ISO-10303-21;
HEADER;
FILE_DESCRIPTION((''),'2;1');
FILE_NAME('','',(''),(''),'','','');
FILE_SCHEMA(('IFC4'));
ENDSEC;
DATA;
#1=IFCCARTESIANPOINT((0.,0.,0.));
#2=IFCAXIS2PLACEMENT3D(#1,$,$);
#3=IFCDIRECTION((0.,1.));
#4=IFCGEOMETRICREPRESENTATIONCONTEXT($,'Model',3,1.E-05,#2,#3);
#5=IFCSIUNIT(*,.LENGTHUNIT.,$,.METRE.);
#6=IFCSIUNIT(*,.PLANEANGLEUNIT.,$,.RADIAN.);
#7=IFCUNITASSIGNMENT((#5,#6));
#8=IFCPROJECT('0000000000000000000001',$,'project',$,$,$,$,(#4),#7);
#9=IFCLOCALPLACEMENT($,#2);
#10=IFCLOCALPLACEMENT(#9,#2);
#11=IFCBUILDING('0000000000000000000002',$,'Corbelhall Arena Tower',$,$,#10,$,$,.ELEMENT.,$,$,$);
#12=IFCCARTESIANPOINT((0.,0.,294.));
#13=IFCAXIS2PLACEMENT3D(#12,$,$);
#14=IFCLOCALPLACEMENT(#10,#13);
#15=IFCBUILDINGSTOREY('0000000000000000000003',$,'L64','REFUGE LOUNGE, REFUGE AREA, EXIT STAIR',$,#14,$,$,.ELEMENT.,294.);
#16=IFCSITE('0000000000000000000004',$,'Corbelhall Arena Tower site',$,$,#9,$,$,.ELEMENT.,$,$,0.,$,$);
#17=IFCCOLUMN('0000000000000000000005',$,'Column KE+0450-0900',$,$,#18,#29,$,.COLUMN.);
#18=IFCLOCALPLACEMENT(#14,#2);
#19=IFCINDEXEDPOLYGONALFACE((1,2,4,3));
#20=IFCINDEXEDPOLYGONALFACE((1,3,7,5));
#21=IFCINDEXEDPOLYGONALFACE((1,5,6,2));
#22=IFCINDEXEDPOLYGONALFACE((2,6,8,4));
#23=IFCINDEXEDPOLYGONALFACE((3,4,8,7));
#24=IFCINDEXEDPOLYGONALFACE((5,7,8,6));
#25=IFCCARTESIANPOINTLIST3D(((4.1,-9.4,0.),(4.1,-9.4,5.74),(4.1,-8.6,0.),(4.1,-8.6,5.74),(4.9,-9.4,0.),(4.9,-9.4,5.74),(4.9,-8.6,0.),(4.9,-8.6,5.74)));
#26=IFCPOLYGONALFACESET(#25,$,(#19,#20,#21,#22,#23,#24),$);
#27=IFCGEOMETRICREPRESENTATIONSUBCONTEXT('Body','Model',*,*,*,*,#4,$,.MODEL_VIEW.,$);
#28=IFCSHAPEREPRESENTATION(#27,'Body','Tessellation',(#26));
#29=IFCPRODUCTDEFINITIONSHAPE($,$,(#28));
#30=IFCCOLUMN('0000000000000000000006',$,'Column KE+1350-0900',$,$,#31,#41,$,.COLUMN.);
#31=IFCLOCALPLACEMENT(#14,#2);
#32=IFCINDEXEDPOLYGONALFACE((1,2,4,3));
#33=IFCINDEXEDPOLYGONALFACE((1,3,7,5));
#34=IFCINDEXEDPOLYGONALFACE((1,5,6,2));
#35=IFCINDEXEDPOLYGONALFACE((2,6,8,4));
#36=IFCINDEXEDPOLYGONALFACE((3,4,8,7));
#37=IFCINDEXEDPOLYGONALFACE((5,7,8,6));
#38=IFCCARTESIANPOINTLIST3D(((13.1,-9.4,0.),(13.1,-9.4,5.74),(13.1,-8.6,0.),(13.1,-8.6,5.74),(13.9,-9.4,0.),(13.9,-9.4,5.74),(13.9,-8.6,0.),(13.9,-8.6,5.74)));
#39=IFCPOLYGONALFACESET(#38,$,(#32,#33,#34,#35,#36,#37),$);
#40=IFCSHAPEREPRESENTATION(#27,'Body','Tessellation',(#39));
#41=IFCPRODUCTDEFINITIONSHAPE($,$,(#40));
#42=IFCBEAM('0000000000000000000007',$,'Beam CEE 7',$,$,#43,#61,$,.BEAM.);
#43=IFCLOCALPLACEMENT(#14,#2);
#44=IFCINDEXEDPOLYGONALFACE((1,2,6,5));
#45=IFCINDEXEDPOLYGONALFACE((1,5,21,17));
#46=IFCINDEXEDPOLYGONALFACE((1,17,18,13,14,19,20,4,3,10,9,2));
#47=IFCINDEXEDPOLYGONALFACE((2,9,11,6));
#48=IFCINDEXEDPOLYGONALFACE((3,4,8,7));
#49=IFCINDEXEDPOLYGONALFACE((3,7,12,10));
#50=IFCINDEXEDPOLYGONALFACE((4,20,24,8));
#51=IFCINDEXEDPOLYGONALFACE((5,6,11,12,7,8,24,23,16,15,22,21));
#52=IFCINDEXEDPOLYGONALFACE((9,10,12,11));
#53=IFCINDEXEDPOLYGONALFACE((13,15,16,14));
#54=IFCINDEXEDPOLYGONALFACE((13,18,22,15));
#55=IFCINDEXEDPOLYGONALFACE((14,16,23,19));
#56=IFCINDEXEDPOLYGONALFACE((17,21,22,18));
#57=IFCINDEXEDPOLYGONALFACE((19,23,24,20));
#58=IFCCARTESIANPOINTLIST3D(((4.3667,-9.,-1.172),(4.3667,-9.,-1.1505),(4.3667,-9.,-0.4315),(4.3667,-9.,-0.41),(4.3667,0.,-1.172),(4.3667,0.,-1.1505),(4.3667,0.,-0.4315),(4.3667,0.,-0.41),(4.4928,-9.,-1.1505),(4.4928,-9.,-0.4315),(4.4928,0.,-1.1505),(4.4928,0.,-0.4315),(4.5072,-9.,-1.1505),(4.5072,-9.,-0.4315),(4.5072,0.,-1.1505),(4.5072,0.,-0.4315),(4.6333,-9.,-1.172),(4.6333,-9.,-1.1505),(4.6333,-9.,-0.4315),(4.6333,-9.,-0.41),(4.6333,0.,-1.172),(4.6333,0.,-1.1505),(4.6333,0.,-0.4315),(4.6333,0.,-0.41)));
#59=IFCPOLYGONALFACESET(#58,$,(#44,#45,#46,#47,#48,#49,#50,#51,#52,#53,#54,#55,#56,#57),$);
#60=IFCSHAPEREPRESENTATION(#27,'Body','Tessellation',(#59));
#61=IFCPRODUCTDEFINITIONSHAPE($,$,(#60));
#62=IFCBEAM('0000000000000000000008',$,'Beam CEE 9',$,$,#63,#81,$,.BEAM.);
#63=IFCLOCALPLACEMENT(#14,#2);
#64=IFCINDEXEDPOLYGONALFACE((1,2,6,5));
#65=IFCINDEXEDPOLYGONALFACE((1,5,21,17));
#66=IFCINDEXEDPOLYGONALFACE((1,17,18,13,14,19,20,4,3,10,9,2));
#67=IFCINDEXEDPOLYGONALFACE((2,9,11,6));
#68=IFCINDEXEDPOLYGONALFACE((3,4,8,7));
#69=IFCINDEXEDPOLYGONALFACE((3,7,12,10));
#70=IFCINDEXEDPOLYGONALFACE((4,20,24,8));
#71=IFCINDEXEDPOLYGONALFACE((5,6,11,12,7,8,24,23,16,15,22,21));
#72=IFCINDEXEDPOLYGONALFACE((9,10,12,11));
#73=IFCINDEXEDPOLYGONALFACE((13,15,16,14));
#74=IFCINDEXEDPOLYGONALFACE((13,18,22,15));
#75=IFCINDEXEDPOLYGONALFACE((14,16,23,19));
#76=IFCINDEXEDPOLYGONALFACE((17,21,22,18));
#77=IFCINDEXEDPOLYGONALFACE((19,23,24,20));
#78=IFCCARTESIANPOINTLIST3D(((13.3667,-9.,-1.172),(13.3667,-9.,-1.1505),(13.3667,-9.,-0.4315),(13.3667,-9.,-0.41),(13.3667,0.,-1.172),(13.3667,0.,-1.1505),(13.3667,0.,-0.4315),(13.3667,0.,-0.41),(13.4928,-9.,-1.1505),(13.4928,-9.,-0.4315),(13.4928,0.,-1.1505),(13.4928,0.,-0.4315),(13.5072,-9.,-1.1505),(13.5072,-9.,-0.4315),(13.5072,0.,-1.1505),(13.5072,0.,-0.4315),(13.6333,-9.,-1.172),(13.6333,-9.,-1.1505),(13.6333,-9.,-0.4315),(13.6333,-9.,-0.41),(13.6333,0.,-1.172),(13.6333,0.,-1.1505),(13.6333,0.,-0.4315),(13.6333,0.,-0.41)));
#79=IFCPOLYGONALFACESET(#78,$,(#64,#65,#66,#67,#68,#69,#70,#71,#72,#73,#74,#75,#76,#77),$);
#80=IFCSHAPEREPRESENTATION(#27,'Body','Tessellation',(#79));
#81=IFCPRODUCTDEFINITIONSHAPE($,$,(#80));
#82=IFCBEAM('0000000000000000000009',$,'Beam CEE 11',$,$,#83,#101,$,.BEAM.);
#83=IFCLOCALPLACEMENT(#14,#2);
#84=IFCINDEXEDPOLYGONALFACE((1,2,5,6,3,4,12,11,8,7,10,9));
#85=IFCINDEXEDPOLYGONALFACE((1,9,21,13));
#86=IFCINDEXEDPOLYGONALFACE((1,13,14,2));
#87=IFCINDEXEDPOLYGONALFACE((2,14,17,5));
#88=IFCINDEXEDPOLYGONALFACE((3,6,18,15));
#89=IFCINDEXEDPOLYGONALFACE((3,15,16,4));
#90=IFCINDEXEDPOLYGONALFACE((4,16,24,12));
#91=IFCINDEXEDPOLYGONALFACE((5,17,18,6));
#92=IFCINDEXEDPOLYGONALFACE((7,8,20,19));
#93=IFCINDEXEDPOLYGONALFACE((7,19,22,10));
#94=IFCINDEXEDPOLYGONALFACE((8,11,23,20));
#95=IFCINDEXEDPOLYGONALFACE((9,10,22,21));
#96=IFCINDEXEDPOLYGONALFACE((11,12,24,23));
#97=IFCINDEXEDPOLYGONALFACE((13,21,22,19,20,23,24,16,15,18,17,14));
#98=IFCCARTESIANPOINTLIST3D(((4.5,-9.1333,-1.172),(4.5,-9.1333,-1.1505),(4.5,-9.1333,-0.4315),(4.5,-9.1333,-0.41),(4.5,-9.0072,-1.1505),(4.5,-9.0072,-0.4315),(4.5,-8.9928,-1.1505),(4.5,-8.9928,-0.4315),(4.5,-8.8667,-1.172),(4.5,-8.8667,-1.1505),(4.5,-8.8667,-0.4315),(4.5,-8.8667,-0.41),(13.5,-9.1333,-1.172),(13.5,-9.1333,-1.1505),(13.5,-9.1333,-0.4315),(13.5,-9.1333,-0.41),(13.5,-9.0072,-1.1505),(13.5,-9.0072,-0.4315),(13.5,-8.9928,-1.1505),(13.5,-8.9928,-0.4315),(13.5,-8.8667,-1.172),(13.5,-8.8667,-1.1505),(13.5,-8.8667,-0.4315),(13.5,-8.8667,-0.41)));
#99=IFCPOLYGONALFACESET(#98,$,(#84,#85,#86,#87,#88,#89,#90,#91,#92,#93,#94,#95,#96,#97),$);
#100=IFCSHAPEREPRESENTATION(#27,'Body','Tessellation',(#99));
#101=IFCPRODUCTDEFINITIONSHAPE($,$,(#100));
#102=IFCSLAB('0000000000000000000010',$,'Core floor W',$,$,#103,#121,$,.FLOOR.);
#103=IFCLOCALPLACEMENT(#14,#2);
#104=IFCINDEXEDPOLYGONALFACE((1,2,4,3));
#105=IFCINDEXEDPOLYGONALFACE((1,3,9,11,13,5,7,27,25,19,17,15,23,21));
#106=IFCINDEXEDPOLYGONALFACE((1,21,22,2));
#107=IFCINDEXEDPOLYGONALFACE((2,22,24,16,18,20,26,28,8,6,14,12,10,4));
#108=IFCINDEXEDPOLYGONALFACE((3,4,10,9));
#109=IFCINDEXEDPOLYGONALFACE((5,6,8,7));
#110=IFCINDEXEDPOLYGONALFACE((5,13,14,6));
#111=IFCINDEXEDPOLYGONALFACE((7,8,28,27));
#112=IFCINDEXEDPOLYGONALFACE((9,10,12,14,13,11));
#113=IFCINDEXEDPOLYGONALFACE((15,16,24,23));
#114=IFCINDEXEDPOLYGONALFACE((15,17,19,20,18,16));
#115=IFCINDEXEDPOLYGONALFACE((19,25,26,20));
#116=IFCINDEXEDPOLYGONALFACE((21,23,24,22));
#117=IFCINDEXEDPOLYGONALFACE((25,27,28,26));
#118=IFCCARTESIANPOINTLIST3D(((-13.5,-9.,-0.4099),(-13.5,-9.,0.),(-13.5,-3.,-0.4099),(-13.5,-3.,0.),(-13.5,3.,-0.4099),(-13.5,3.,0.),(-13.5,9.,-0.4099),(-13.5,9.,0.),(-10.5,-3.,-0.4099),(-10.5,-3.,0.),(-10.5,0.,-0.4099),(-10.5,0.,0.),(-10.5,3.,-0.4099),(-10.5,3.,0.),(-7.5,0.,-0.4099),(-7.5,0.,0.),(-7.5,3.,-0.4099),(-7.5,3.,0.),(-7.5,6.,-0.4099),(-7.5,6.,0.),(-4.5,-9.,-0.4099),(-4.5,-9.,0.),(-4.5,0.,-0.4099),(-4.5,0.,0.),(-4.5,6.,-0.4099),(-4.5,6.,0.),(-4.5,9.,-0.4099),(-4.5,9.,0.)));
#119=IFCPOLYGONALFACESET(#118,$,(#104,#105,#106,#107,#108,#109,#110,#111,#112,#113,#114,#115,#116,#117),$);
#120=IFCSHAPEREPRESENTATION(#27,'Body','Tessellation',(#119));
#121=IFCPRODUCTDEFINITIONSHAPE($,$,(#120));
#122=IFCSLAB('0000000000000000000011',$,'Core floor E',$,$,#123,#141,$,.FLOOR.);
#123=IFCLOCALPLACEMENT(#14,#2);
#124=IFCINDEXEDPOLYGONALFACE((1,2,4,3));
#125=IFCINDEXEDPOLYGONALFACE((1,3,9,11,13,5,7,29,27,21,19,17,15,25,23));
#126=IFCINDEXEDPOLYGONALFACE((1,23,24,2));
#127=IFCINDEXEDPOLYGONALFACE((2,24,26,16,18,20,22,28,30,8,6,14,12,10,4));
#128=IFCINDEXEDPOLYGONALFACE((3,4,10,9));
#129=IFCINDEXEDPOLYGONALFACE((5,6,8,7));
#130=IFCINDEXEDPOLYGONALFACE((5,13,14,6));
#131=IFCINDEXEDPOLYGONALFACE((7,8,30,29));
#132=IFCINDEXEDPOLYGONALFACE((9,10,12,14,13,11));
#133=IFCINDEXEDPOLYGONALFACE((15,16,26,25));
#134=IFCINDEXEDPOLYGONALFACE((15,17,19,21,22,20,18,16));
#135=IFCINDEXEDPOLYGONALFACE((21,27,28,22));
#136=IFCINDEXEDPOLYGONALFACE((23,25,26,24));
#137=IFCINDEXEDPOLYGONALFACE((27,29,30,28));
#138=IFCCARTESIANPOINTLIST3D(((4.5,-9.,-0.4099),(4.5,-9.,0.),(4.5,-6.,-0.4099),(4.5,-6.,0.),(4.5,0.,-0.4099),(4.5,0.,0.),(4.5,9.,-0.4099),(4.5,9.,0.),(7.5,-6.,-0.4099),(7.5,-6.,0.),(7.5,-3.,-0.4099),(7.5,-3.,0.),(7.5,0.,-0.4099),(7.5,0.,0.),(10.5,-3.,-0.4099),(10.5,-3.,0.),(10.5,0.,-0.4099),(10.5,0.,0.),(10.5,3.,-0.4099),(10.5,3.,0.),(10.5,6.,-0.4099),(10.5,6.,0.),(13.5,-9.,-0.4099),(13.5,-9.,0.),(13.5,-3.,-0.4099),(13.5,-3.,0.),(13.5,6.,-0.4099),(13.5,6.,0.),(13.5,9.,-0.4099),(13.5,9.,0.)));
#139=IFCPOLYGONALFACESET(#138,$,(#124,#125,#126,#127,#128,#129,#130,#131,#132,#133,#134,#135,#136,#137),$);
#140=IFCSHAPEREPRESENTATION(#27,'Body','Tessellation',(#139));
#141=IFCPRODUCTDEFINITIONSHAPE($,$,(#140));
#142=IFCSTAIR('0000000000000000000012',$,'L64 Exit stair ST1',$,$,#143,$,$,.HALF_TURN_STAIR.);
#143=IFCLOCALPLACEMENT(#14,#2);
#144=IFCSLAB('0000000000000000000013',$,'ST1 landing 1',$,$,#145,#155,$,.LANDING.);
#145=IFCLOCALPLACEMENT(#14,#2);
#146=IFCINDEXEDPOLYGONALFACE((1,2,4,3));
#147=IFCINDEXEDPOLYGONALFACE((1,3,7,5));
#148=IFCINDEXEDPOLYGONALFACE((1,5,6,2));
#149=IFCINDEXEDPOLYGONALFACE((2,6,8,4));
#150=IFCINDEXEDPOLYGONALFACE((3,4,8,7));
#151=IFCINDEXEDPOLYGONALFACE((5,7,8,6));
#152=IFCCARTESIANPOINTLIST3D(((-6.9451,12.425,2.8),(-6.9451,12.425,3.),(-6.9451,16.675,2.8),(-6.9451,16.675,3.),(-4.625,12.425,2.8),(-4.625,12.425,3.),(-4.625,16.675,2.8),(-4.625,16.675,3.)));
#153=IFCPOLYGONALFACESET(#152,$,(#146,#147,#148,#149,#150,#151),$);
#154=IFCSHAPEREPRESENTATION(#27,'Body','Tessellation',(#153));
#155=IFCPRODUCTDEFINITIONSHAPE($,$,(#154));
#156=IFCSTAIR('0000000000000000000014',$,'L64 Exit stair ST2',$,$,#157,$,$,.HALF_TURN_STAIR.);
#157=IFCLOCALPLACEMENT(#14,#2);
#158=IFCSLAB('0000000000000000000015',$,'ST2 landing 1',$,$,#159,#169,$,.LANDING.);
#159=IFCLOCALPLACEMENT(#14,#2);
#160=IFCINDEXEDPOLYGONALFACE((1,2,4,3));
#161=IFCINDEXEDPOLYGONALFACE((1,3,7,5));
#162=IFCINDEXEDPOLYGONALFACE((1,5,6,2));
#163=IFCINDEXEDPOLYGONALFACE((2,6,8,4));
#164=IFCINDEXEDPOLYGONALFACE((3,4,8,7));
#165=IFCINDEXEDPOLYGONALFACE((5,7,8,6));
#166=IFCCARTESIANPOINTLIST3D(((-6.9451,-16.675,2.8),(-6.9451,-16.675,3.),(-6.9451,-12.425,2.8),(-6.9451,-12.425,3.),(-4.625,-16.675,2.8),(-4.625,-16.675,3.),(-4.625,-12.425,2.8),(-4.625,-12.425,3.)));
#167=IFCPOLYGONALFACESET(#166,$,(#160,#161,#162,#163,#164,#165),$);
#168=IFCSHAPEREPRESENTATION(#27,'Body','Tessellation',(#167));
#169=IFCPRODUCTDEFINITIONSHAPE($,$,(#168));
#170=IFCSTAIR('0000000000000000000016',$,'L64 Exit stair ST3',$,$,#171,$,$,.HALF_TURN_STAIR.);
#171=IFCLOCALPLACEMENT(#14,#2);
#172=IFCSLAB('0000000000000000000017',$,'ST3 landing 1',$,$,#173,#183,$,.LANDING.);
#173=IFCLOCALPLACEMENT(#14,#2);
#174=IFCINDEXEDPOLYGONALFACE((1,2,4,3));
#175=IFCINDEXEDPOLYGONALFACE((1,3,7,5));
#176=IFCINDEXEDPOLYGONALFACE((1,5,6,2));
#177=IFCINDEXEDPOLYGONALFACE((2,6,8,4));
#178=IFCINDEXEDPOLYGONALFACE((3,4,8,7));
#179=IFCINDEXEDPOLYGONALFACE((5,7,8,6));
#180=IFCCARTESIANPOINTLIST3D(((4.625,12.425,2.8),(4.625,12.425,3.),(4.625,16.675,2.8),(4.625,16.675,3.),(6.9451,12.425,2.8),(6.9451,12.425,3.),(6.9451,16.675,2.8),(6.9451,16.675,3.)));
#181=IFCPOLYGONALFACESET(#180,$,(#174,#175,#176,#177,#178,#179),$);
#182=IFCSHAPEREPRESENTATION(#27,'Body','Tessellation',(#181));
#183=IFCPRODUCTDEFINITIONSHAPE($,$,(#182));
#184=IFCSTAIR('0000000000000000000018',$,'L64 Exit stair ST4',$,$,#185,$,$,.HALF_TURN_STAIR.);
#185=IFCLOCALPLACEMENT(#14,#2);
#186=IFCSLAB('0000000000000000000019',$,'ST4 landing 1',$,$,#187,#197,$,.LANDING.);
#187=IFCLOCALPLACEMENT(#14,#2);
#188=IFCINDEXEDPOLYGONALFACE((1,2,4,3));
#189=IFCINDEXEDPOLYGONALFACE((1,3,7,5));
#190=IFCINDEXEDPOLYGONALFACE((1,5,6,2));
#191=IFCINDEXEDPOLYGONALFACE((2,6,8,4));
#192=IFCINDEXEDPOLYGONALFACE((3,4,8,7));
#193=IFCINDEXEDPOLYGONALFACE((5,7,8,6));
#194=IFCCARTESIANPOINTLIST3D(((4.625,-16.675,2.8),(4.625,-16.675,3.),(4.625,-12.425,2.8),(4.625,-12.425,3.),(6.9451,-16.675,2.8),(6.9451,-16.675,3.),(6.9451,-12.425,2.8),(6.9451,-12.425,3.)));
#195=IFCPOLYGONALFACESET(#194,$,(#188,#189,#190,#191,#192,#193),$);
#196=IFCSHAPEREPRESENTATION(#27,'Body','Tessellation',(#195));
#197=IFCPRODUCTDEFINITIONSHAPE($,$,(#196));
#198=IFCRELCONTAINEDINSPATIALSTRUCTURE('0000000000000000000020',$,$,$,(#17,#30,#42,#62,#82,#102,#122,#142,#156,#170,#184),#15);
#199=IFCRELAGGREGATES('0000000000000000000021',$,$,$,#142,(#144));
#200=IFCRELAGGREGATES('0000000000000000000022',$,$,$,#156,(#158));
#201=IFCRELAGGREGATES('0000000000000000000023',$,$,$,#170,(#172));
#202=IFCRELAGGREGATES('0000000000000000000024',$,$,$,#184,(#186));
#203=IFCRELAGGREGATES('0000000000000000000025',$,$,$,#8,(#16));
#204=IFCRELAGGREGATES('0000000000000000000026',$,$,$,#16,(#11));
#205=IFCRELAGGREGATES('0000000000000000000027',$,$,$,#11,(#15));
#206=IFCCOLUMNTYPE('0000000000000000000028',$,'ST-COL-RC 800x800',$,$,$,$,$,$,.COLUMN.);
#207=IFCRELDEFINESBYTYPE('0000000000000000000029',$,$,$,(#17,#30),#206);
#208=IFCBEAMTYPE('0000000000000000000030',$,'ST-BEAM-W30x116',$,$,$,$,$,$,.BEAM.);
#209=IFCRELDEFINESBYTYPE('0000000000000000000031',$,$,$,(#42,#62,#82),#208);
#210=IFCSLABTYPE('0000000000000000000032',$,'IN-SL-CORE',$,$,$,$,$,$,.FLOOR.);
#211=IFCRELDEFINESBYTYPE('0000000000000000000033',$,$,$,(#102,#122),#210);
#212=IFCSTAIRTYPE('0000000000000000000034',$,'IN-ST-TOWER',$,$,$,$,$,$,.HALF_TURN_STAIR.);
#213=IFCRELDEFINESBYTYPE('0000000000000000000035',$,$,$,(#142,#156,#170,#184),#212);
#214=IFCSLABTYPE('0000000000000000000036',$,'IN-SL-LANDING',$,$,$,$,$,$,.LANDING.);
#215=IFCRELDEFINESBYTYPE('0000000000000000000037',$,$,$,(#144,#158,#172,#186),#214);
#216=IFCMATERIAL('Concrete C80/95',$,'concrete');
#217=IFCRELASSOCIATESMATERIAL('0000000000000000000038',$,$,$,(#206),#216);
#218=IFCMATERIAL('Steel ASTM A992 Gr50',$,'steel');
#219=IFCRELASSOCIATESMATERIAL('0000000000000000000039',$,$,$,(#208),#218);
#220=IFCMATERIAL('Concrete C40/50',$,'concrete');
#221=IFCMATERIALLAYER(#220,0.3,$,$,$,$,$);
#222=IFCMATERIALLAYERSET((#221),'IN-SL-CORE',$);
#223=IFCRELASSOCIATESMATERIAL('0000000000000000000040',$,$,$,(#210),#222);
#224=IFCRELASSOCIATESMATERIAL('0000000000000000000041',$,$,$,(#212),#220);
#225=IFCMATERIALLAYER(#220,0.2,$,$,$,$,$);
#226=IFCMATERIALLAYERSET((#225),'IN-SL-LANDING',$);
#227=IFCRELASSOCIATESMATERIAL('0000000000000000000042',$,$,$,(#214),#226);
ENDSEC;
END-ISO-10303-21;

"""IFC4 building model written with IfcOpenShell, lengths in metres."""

from ifc_helpers import new_model, si_unit, direction, frame, origin, origin_2d, place, context, subcontext, project, spatial, polyline, rectangle, i_section, outline, extrude, material, layer, layer_set, material_profile, profile_set, type_object, element, aggregate, save


model = new_model("IFC4")

# Units and contexts
model_context = context("Model", 3, precision=1e-05, world=origin(), true_north=direction((0.0, 1.0)))
body_context = subcontext(model_context, "Body", "Model", "MODEL_VIEW")
ifc_project = project(units=[si_unit("LENGTHUNIT", "METRE"), si_unit("PLANEANGLEUNIT", "RADIAN")], contexts=[model_context])

# Site, building, storey
site_placement = place(None, origin())
site = spatial("IfcSite", under=ifc_project, at=site_placement, Name="Corbelhall Arena Tower site", CompositionType="ELEMENT", RefElevation=0.0)
building_placement = place(site_placement, origin())
building = spatial("IfcBuilding", under=site, at=building_placement, Name="Corbelhall Arena Tower", CompositionType="ELEMENT")
storey_placement = place(building_placement, frame((0.0, 0.0, 294.0)))
storey = spatial("IfcBuildingStorey", under=building, at=storey_placement, Name="L64", Description="REFUGE LOUNGE, REFUGE AREA, EXIT STAIR", CompositionType="ELEMENT", Elevation=294.0)

# Columns
ifc_material_1 = material(Name="Concrete C80/95", Category="concrete")
ifc_material_profile_1 = material_profile(ifc_material_1, rectangle(XDim=0.8, YDim=0.8, at=origin_2d()))
ifc_profile_set_1 = profile_set([ifc_material_profile_1], Name="Concrete C80/95")
column_type = type_object("IfcColumnType", Name="ST-COL-RC 800x800", PredefinedType="COLUMN", material=ifc_profile_set_1)
for number, where, z_axis, x_axis, name in (
    (1, (4.5, -9.0, 0.0), (0.0, 0.0, 1.0), (1.0, 0.0, 0.0), "Column KE+0450-0900"),
    (2, (13.5, -9.0, 0.0), (0.0, 0.0, 1.0), (1.0, 0.0, 0.0), "Column KE+1350-0900"),
):
    element("IfcColumn", number, at=place(storey_placement, frame(where, z_axis=z_axis, x_axis=x_axis)), inside=storey, type_object=column_type, Name=name, PredefinedType="COLUMN", context=body_context, shape_type="SweptSolid", body=[
        extrude(rectangle(XDim=0.8, YDim=0.8, at=origin_2d()), origin(), (0.0, 0.0, 1.0), 5.74),
    ])

# Beams
ifc_material_2 = material(Name="Steel ASTM A992 Gr50", Category="steel")
ifc_material_profile_2 = material_profile(ifc_material_2, i_section(OverallWidth=0.2666, OverallDepth=0.762, WebThickness=0.0144, FlangeThickness=0.0215, at=origin_2d()))
ifc_profile_set_2 = profile_set([ifc_material_profile_2], Name="Steel ASTM A992 Gr50")
beam_type = type_object("IfcBeamType", Name="ST-BEAM-W30x116", PredefinedType="BEAM", material=ifc_profile_set_2)
for number, where, z_axis, x_axis, name in (
    (3, (4.5, -9.0, -0.791), (0.0, 1.0, 0.0), (-1.0, 0.0, 0.0), "Beam CEE 7"),
    (4, (13.5, -9.0, -0.791), (0.0, 1.0, 0.0), (-1.0, 0.0, 0.0), "Beam CEE 9"),
    (5, (4.5, -9.0, -0.791), (1.0, 0.0, 0.0), (0.0, 1.0, 0.0), "Beam CEE 11"),
):
    element("IfcBeam", number, at=place(storey_placement, frame(where, z_axis=z_axis, x_axis=x_axis)), inside=storey, type_object=beam_type, Name=name, PredefinedType="BEAM", context=body_context, shape_type="SweptSolid", body=[
        extrude(i_section(OverallWidth=0.2666, OverallDepth=0.762, WebThickness=0.0144, FlangeThickness=0.0215, at=origin_2d()), origin(), (0.0, 0.0, 1.0), 9.0),
    ])

# Slabs
ifc_material_3 = material(Name="Concrete C40/50", Category="concrete")
ifc_layer_1 = layer(ifc_material_3, 0.3)
ifc_layer_set_1 = layer_set([ifc_layer_1], Name="IN-SL-CORE")
slab_type_1 = type_object("IfcSlabType", Name="IN-SL-CORE", PredefinedType="FLOOR", material=ifc_layer_set_1)
slab_1_placement = place(storey_placement, frame((0.0, 0.0, -0.4099)))
element("IfcSlab", 6, at=slab_1_placement, inside=storey, type_object=slab_type_1, Name="Core floor W", PredefinedType="FLOOR", context=body_context, shape_type="SweptSolid", body=[
    extrude(outline(polyline([(-10.5, -3.0), (-13.5, -3.0), (-13.5, -9.0), (-4.5, -9.0), (-4.5, 0.0), (-7.5, 0.0), (-7.5, 3.0), (-7.5, 6.0), (-4.5, 6.0), (-4.5, 9.0), (-13.5, 9.0), (-13.5, 3.0), (-10.5, 3.0), (-10.5, 0.0), (-10.5, -3.0)])), origin(), (0.0, 0.0, 1.0), 0.4099),
])
slab_2_placement = place(storey_placement, frame((0.0, 0.0, -0.4099)))
element("IfcSlab", 7, at=slab_2_placement, inside=storey, type_object=slab_type_1, Name="Core floor E", PredefinedType="FLOOR", context=body_context, shape_type="SweptSolid", body=[
    extrude(outline(polyline([(13.5, -3.0), (10.5, -3.0), (10.5, 0.0), (10.5, 3.0), (10.5, 6.0), (13.5, 6.0), (13.5, 9.0), (4.5, 9.0), (4.5, 0.0), (7.5, 0.0), (7.5, -3.0), (7.5, -6.0), (4.5, -6.0), (4.5, -9.0), (13.5, -9.0), (13.5, -3.0)])), origin(), (0.0, 0.0, 1.0), 0.4099),
])

# Stairs, slabs
stair_type = type_object("IfcStairType", Name="IN-ST-TOWER", PredefinedType="HALF_TURN_STAIR", material=ifc_material_3)
stair_1_placement = place(storey_placement, origin())
stair_1 = element("IfcStair", 8, at=stair_1_placement, inside=storey, type_object=stair_type, Name="L64 Exit stair ST1", PredefinedType="HALF_TURN_STAIR")
ifc_layer_2 = layer(ifc_material_3, 0.2)
ifc_layer_set_2 = layer_set([ifc_layer_2], Name="IN-SL-LANDING")
slab_type_2 = type_object("IfcSlabType", Name="IN-SL-LANDING", PredefinedType="LANDING", material=ifc_layer_set_2)
slab_3_placement = place(storey_placement, frame((0.0, 0.0, 2.8)))
slab_3 = element("IfcSlab", 9, at=slab_3_placement, type_object=slab_type_2, Name="ST1 landing 1", PredefinedType="LANDING", context=body_context, shape_type="SweptSolid", body=[
    extrude(outline(polyline([(-6.9451, 12.425), (-4.625, 12.425), (-4.625, 16.675), (-6.9451, 16.675), (-6.9451, 12.425)])), origin(), (0.0, 0.0, 1.0), 0.2),
])
aggregate(stair_1, [slab_3])
stair_2_placement = place(storey_placement, origin())
stair_2 = element("IfcStair", 10, at=stair_2_placement, inside=storey, type_object=stair_type, Name="L64 Exit stair ST2", PredefinedType="HALF_TURN_STAIR")
slab_4_placement = place(storey_placement, frame((0.0, 0.0, 2.8)))
slab_4 = element("IfcSlab", 11, at=slab_4_placement, type_object=slab_type_2, Name="ST2 landing 1", PredefinedType="LANDING", context=body_context, shape_type="SweptSolid", body=[
    extrude(outline(polyline([(-6.9451, -16.675), (-4.625, -16.675), (-4.625, -12.425), (-6.9451, -12.425), (-6.9451, -16.675)])), origin(), (0.0, 0.0, 1.0), 0.2),
])
aggregate(stair_2, [slab_4])
stair_3_placement = place(storey_placement, origin())
stair_3 = element("IfcStair", 12, at=stair_3_placement, inside=storey, type_object=stair_type, Name="L64 Exit stair ST3", PredefinedType="HALF_TURN_STAIR")
slab_5_placement = place(storey_placement, frame((0.0, 0.0, 2.8)))
slab_5 = element("IfcSlab", 13, at=slab_5_placement, type_object=slab_type_2, Name="ST3 landing 1", PredefinedType="LANDING", context=body_context, shape_type="SweptSolid", body=[
    extrude(outline(polyline([(6.9451, 16.675), (4.625, 16.675), (4.625, 12.425), (6.9451, 12.425), (6.9451, 16.675)])), origin(), (0.0, 0.0, 1.0), 0.2),
])
aggregate(stair_3, [slab_5])
stair_4_placement = place(storey_placement, origin())
stair_4 = element("IfcStair", 14, at=stair_4_placement, inside=storey, type_object=stair_type, Name="L64 Exit stair ST4", PredefinedType="HALF_TURN_STAIR")
slab_6_placement = place(storey_placement, frame((0.0, 0.0, 2.8)))
slab_6 = element("IfcSlab", 15, at=slab_6_placement, type_object=slab_type_2, Name="ST4 landing 1", PredefinedType="LANDING", context=body_context, shape_type="SweptSolid", body=[
    extrude(outline(polyline([(6.9451, -12.425), (4.625, -12.425), (4.625, -16.675), (6.9451, -16.675), (6.9451, -12.425)])), origin(), (0.0, 0.0, 1.0), 0.2),
])
aggregate(stair_4, [slab_6])

save(model, "model.ifc")
